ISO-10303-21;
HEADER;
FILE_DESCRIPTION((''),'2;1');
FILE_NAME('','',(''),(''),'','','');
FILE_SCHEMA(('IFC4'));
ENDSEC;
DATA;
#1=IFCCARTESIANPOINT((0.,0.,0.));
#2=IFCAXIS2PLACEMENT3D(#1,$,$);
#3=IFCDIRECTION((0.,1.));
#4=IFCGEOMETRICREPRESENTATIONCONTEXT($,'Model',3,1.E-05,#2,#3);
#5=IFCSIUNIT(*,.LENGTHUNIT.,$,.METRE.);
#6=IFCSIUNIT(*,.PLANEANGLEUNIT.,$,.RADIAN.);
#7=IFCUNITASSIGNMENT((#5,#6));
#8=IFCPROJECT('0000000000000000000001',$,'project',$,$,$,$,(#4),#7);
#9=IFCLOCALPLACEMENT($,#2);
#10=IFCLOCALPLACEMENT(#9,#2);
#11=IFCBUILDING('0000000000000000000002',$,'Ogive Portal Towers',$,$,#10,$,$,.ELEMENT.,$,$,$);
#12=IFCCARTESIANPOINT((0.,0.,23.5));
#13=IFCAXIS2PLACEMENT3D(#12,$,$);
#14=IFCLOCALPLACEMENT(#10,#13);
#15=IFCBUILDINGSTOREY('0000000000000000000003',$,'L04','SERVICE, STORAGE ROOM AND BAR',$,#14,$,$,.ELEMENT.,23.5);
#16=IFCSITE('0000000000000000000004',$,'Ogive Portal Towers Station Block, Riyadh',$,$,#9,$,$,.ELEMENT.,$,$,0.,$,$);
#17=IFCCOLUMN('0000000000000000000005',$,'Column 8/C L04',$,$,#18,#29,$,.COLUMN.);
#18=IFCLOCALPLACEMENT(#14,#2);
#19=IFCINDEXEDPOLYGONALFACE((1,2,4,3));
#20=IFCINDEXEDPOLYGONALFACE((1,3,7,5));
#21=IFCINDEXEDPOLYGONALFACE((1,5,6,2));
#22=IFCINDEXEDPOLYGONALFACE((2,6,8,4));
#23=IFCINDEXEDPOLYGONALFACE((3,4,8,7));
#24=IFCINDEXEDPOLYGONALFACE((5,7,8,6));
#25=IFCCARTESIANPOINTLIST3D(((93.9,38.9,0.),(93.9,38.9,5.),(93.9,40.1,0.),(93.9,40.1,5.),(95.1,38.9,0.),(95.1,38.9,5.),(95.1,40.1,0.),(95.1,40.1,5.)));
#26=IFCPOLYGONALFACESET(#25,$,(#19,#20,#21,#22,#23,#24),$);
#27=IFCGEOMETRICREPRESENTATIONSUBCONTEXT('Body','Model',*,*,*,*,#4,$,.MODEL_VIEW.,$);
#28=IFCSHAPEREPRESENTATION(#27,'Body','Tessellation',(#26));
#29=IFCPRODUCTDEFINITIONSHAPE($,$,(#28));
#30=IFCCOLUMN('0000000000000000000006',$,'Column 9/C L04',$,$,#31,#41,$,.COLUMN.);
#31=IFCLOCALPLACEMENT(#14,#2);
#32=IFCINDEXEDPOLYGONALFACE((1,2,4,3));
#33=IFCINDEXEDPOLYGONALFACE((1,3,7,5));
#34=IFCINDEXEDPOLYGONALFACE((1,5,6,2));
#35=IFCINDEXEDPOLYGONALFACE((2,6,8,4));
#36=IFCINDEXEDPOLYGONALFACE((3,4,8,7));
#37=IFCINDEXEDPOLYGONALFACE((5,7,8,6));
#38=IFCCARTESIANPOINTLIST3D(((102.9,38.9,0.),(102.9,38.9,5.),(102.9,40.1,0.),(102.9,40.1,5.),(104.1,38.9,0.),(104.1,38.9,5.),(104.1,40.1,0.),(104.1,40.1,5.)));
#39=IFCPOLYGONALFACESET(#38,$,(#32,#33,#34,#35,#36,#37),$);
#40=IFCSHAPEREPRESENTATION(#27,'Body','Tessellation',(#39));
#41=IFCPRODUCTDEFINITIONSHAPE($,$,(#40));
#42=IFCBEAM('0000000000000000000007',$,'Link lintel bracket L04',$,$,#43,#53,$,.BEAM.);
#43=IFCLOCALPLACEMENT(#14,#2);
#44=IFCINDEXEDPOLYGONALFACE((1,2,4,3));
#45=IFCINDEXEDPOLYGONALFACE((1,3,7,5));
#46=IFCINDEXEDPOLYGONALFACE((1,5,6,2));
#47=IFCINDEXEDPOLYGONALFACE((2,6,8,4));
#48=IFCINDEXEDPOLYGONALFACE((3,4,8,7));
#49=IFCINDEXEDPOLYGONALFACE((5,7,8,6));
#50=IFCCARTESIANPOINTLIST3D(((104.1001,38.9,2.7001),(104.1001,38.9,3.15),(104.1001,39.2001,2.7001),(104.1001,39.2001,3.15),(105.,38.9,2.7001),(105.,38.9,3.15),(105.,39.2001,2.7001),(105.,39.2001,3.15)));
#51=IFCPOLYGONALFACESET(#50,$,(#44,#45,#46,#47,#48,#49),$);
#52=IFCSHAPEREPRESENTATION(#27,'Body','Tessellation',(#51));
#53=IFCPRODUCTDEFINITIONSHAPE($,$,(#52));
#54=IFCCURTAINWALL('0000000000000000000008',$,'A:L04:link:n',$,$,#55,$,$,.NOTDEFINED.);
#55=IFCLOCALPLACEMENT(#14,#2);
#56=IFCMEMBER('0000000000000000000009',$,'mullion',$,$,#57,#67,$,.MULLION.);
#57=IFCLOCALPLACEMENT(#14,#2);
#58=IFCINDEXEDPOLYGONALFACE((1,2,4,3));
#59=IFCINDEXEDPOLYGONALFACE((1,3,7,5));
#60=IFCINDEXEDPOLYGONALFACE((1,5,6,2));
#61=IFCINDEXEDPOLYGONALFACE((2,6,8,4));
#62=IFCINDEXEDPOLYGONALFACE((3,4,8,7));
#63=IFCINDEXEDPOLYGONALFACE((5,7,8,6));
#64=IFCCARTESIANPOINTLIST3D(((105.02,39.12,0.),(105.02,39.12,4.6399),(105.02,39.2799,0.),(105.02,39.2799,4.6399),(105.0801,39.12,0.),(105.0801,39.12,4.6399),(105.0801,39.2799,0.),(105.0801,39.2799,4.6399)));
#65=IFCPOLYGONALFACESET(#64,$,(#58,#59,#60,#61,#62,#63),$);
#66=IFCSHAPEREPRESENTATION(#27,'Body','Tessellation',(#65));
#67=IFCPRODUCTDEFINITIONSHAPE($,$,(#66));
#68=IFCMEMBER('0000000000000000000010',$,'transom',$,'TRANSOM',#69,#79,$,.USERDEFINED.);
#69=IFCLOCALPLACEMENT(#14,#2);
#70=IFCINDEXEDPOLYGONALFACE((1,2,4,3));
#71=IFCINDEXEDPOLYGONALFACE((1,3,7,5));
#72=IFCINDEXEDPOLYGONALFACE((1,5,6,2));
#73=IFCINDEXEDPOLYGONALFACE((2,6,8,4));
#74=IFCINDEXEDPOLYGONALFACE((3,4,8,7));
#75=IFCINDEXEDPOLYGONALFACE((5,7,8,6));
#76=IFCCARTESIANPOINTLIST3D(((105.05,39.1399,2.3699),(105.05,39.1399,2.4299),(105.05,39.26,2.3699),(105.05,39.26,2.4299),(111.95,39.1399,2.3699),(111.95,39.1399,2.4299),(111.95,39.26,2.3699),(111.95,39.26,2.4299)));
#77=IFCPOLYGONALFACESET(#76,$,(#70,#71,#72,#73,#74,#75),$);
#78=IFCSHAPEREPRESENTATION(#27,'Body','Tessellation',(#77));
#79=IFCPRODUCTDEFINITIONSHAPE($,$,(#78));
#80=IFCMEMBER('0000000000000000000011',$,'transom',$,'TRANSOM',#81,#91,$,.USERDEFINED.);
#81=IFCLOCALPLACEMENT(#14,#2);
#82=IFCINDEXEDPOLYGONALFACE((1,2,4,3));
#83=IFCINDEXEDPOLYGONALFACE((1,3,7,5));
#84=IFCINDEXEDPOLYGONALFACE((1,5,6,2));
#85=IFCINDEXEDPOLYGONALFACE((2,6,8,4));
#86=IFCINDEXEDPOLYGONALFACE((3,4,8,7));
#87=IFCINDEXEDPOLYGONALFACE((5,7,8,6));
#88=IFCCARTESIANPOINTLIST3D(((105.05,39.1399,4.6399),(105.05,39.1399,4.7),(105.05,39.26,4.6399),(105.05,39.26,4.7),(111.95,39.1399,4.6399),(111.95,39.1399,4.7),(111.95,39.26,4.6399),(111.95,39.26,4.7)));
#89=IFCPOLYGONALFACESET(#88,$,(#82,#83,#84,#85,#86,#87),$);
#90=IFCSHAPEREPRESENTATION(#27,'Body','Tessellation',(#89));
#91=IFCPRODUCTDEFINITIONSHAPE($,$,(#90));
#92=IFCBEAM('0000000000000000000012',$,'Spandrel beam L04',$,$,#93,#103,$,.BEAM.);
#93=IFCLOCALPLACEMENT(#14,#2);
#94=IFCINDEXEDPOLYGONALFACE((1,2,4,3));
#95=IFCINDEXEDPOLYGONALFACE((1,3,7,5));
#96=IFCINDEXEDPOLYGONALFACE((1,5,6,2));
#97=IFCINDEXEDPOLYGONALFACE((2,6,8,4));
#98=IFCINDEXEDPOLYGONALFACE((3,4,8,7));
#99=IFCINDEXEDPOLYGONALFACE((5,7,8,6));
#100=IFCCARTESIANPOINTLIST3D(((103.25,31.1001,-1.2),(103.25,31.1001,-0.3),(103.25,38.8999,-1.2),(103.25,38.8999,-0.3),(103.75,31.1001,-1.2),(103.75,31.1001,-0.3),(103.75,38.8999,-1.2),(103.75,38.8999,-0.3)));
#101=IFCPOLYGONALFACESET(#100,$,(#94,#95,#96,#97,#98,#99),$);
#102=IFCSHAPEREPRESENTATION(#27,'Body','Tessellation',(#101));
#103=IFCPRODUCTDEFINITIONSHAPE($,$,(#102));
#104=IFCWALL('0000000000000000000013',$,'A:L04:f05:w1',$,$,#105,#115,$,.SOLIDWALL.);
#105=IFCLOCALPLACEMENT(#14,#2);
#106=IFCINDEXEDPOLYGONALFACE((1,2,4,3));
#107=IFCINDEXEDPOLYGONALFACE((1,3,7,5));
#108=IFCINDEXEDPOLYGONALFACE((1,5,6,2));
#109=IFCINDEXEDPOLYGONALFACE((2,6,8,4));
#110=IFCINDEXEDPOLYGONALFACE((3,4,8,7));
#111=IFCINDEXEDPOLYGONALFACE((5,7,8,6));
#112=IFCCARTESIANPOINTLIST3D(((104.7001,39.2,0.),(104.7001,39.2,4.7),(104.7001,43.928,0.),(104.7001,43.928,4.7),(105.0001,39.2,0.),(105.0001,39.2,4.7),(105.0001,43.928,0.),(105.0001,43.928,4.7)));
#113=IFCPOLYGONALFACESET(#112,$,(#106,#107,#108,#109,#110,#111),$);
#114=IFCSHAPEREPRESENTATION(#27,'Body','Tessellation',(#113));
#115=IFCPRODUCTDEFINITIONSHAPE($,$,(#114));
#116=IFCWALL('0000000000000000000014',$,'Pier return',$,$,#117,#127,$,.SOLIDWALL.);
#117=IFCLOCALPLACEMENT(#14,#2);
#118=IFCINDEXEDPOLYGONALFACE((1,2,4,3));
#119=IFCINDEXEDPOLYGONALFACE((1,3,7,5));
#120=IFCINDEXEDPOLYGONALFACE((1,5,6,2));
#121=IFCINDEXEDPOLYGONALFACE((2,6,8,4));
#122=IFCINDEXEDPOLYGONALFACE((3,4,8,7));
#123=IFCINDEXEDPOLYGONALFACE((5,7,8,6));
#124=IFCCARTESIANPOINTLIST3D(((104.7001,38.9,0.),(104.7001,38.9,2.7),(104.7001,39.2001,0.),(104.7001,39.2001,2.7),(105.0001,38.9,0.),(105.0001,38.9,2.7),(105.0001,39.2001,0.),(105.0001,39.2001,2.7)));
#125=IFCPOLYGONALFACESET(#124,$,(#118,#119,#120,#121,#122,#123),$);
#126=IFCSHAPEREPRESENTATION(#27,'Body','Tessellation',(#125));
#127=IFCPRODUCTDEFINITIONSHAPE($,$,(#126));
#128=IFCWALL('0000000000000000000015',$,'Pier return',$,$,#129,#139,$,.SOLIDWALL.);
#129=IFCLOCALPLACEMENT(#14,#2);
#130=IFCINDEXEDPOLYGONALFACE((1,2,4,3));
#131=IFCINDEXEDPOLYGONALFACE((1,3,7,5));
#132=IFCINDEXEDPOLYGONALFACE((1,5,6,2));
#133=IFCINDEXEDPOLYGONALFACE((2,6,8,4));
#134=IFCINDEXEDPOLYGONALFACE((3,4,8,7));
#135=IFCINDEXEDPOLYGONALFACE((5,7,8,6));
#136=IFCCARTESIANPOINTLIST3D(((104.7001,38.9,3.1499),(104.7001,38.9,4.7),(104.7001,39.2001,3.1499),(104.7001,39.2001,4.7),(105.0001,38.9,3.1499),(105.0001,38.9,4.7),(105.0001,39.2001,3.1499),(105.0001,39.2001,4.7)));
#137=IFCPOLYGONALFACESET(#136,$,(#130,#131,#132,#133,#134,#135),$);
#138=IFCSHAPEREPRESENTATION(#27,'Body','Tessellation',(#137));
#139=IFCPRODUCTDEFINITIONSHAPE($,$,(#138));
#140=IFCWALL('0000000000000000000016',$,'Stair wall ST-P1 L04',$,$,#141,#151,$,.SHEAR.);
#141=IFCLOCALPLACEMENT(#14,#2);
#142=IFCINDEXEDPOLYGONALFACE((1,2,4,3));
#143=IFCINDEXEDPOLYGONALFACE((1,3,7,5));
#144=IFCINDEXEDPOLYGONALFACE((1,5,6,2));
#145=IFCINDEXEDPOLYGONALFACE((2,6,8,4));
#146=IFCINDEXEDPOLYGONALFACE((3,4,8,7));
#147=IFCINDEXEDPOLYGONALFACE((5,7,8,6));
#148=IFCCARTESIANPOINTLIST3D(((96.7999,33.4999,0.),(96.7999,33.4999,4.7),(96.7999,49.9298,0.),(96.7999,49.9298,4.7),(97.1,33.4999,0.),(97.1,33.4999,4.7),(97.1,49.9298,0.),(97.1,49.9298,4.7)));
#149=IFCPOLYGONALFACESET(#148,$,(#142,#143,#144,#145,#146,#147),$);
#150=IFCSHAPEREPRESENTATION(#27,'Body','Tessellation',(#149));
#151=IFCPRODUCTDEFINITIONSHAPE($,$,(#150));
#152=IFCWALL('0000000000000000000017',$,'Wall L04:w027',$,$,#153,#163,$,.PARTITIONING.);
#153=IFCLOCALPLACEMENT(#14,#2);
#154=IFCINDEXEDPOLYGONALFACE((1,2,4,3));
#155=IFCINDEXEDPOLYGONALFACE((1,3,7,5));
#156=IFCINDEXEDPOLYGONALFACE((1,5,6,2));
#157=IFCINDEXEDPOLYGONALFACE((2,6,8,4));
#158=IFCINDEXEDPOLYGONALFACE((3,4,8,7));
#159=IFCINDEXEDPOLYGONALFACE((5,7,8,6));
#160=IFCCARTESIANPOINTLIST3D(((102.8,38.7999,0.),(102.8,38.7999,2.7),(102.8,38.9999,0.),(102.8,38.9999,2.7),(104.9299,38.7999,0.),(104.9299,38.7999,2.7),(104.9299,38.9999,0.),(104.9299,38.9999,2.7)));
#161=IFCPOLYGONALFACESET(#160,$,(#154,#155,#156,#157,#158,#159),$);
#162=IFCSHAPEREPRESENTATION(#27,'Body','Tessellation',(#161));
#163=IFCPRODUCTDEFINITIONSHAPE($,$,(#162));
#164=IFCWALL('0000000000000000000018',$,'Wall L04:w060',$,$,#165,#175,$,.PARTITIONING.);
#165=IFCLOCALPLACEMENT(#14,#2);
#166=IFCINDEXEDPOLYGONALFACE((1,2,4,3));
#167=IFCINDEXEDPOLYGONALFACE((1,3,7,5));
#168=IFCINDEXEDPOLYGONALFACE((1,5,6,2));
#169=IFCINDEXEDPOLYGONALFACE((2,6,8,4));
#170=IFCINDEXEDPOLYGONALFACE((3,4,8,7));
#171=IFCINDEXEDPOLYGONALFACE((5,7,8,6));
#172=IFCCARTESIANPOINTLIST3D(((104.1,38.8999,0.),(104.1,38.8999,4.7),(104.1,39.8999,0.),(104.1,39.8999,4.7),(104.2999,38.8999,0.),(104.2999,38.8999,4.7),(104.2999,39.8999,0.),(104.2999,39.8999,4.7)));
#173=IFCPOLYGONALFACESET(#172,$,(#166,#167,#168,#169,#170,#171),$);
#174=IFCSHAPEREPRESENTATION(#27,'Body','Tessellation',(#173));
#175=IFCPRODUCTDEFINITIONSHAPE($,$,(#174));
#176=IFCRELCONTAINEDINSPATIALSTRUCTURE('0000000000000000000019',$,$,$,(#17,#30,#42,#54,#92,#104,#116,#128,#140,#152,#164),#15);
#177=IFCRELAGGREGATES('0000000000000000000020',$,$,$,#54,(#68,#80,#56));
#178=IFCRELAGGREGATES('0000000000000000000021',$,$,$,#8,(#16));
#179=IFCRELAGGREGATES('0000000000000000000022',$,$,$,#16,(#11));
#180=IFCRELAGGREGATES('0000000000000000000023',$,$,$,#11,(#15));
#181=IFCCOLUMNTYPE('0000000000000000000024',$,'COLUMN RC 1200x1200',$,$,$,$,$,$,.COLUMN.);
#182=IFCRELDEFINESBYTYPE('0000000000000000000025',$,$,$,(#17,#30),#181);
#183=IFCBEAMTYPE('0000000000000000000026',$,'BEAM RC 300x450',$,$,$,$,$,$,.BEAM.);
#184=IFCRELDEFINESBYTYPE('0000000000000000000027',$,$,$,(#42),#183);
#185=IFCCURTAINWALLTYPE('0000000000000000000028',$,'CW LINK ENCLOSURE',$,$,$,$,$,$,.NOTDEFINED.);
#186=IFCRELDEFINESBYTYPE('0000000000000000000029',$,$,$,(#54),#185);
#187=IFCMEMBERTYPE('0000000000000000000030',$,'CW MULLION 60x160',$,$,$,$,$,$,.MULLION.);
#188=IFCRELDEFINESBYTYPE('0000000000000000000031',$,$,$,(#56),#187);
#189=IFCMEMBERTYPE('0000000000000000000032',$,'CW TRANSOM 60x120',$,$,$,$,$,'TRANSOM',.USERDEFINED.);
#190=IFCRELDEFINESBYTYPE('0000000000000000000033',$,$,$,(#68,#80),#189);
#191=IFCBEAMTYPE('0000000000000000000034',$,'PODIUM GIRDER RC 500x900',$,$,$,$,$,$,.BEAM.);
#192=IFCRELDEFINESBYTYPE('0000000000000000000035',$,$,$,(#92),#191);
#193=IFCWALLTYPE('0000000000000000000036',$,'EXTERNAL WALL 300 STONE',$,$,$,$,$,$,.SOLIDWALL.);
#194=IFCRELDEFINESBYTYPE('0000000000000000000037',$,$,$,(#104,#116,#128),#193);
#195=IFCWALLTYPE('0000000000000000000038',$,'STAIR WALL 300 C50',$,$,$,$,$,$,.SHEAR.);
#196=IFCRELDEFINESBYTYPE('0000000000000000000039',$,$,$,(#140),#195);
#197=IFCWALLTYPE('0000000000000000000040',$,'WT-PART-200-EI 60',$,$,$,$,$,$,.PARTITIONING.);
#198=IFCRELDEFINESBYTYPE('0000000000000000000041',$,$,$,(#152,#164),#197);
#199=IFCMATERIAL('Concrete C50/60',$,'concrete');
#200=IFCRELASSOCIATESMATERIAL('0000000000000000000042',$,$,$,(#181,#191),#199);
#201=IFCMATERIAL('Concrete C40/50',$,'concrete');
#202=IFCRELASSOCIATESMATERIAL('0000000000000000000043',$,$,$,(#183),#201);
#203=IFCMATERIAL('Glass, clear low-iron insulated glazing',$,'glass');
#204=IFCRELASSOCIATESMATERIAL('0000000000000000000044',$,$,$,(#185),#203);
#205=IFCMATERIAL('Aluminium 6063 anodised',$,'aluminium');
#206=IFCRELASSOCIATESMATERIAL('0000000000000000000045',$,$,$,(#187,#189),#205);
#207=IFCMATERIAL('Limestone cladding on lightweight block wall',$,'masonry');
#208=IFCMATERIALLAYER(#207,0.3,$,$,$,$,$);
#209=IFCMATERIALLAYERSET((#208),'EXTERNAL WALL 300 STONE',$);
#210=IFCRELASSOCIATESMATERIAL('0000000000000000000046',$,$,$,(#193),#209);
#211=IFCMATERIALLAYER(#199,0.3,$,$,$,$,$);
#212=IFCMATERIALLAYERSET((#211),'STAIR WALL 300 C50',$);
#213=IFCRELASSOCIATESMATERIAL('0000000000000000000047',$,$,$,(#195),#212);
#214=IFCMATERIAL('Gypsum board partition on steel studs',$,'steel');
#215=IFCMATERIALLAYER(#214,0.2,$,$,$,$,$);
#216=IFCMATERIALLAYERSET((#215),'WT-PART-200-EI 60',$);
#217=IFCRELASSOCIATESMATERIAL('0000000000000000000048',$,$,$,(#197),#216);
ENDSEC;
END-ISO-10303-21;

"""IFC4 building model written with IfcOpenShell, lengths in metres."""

from ifc_helpers import new_model, si_unit, direction, frame, frame_2d, origin, origin_2d, place, context, subcontext, project, spatial, rectangle, extrude, material, layer, layer_set, material_profile, profile_set, type_object, element, aggregate, save


model = new_model("IFC4")

# Units and contexts
model_context = context("Model", 3, precision=1e-05, world=origin(), true_north=direction((0.0, 1.0)))
body_context = subcontext(model_context, "Body", "Model", "MODEL_VIEW")
ifc_project = project(units=[si_unit("LENGTHUNIT", "METRE"), si_unit("PLANEANGLEUNIT", "RADIAN")], contexts=[model_context])

# Site, building, storey
site_placement = place(None, origin())
site = spatial("IfcSite", under=ifc_project, at=site_placement, Name="Ogive Portal Towers Station Block, Riyadh", CompositionType="ELEMENT", RefElevation=0.0)
building_placement = place(site_placement, origin())
building = spatial("IfcBuilding", under=site, at=building_placement, Name="Ogive Portal Towers", CompositionType="ELEMENT")
storey_placement = place(building_placement, frame((0.0, 0.0, 23.5)))
storey = spatial("IfcBuildingStorey", under=building, at=storey_placement, Name="L04", Description="SERVICE, STORAGE ROOM AND BAR", CompositionType="ELEMENT", Elevation=23.5)

# Columns
ifc_material_1 = material(Name="Concrete C50/60", Category="concrete")
ifc_material_profile_1 = material_profile(ifc_material_1, rectangle(XDim=1.2, YDim=1.2, at=origin_2d()), Name="RC 1200x1200")
ifc_profile_set_1 = profile_set([ifc_material_profile_1], Name="Concrete C50/60")
column_type = type_object("IfcColumnType", Name="COLUMN RC 1200x1200", PredefinedType="COLUMN", material=ifc_profile_set_1)
for number, where, z_axis, x_axis, name in (
    (1, (94.5, 39.5, 0.0), (0.0, 0.0, 1.0), (1.0, 0.0, 0.0), "Column 8/C L04"),
    (2, (103.5, 39.5, 0.0), (0.0, 0.0, 1.0), (1.0, 0.0, 0.0), "Column 9/C L04"),
):
    element("IfcColumn", number, at=place(storey_placement, frame(where, z_axis=z_axis, x_axis=x_axis)), inside=storey, type_object=column_type, Name=name, PredefinedType="COLUMN", context=body_context, shape_type="SweptSolid", body=[
        extrude(rectangle(XDim=1.2, YDim=1.2, at=origin_2d()), origin(), (0.0, 0.0, 1.0), 5.0),
    ])

# Beam
ifc_material_2 = material(Name="Concrete C40/50", Category="concrete")
ifc_material_profile_2 = material_profile(ifc_material_2, rectangle(XDim=0.3, YDim=0.45, at=origin_2d()), Name="RC 300x450")
ifc_profile_set_2 = profile_set([ifc_material_profile_2], Name="Concrete C40/50")
beam_type_1 = type_object("IfcBeamType", Name="BEAM RC 300x450", PredefinedType="BEAM", material=ifc_profile_set_2)
beam_1_placement = place(storey_placement, frame((104.1001, 39.05, 2.925), z_axis=(1.0, 0.0, 0.0), x_axis=(0.0, 1.0, 0.0)))
element("IfcBeam", 3, at=beam_1_placement, inside=storey, type_object=beam_type_1, Name="Link lintel bracket L04", PredefinedType="BEAM", context=body_context, shape_type="SweptSolid", body=[
    extrude(rectangle(XDim=0.3, YDim=0.45, at=origin_2d()), origin(), (0.0, 0.0, 1.0), 0.8999),
])

# Curtain wall, members
ifc_material_3 = material(Name="Glass, clear low-iron insulated glazing", Category="glass")
curtain_wall_type = type_object("IfcCurtainWallType", Name="CW LINK ENCLOSURE", PredefinedType="NOTDEFINED", material=ifc_material_3)
curtain_wall_placement = place(storey_placement, origin())
curtain_wall = element("IfcCurtainWall", 4, at=curtain_wall_placement, inside=storey, type_object=curtain_wall_type, Name="A:L04:link:n", PredefinedType="NOTDEFINED")
ifc_material_4 = material(Name="Aluminium 6063 anodised", Category="aluminium")
ifc_material_profile_3 = material_profile(ifc_material_4, rectangle(XDim=0.1599, YDim=0.0601, at=origin_2d()), Name="AL 60x160")
ifc_profile_set_3 = profile_set([ifc_material_profile_3], Name="Aluminium 6063 anodised")
member_type_1 = type_object("IfcMemberType", Name="CW MULLION 60x160", PredefinedType="MULLION", material=ifc_profile_set_3)
member_1_placement = place(storey_placement, frame((105.05, 39.2, 0.0), z_axis=(0.0, 0.0, 1.0), x_axis=(0.0, 1.0, 0.0)))
member_1 = element("IfcMember", 5, at=member_1_placement, type_object=member_type_1, Name="mullion", PredefinedType="MULLION", context=body_context, shape_type="SweptSolid", body=[
    extrude(rectangle(XDim=0.1599, YDim=0.0601, at=origin_2d()), origin(), (0.0, 0.0, 1.0), 4.6399),
])
ifc_material_profile_4 = material_profile(ifc_material_4, rectangle(XDim=0.1201, YDim=0.0601, at=origin_2d()), Name="AL 120x60")
ifc_profile_set_4 = profile_set([ifc_material_profile_4], Name="Aluminium 6063 anodised")
member_type_2 = type_object("IfcMemberType", Name="CW TRANSOM 60x120", ElementType="TRANSOM", PredefinedType="USERDEFINED", material=ifc_profile_set_4)
member_2_placement = place(storey_placement, frame((105.05, 39.2, 2.3999), z_axis=(1.0, 0.0, 0.0), x_axis=(0.0, 1.0, 0.0)))
member_2 = element("IfcMember", 6, at=member_2_placement, type_object=member_type_2, Name="transom", ObjectType="TRANSOM", PredefinedType="USERDEFINED", context=body_context, shape_type="SweptSolid", body=[
    extrude(rectangle(XDim=0.1201, YDim=0.0601, at=origin_2d()), origin(), (0.0, 0.0, 1.0), 6.8999),
])
member_3_placement = place(storey_placement, frame((105.05, 39.2, 4.6699), z_axis=(1.0, 0.0, 0.0), x_axis=(0.0, 1.0, 0.0)))
member_3 = element("IfcMember", 7, at=member_3_placement, type_object=member_type_2, Name="transom", ObjectType="TRANSOM", PredefinedType="USERDEFINED", context=body_context, shape_type="SweptSolid", body=[
    extrude(rectangle(XDim=0.1201, YDim=0.0601, at=origin_2d()), origin(), (0.0, 0.0, 1.0), 6.8999),
])
aggregate(curtain_wall, [member_2, member_3, member_1])

# Beam
ifc_material_profile_5 = material_profile(ifc_material_1, rectangle(XDim=0.5, YDim=0.8999, at=origin_2d()), Name="RC 500x900")
ifc_profile_set_5 = profile_set([ifc_material_profile_5], Name="Concrete C50/60")
beam_type_2 = type_object("IfcBeamType", Name="PODIUM GIRDER RC 500x900", PredefinedType="BEAM", material=ifc_profile_set_5)
beam_2_placement = place(storey_placement, frame((103.5, 31.1001, -0.75), z_axis=(0.0, 1.0, 0.0), x_axis=(-1.0, 0.0, 0.0)))
element("IfcBeam", 8, at=beam_2_placement, inside=storey, type_object=beam_type_2, Name="Spandrel beam L04", PredefinedType="BEAM", context=body_context, shape_type="SweptSolid", body=[
    extrude(rectangle(XDim=0.5, YDim=0.8999, at=origin_2d()), origin(), (0.0, 0.0, 1.0), 7.7998),
])

# Walls
ifc_material_5 = material(Name="Limestone cladding on lightweight block wall", Category="masonry")
ifc_layer_1 = layer(ifc_material_5, 0.3)
ifc_layer_set_1 = layer_set([ifc_layer_1], Name="EXTERNAL WALL 300 STONE")
wall_type_1 = type_object("IfcWallType", Name="EXTERNAL WALL 300 STONE", PredefinedType="SOLIDWALL", material=ifc_layer_set_1)
wall_1_placement = place(storey_placement, frame((104.8501, 39.2, 0.0), z_axis=(0.0, 0.0, 1.0), x_axis=(0.0, 1.0, 0.0)))
element("IfcWall", 9, at=wall_1_placement, inside=storey, type_object=wall_type_1, Name="A:L04:f05:w1", PredefinedType="SOLIDWALL", context=body_context, shape_type="SweptSolid", body=[
    extrude(rectangle(XDim=4.728, YDim=0.3, at=frame_2d((2.364, 0.0))), origin(), (0.0, 0.0, 1.0), 4.7),
])
wall_2_placement = place(storey_placement, frame((104.8501, 39.2, 0.0), z_axis=(0.0, 0.0, 1.0), x_axis=(0.0, -1.0, 0.0)))
element("IfcWall", 10, at=wall_2_placement, inside=storey, type_object=wall_type_1, Name="Pier return", PredefinedType="SOLIDWALL", context=body_context, shape_type="SweptSolid", body=[
    extrude(rectangle(XDim=0.3, YDim=0.3, at=frame_2d((0.1499, 0.0))), origin(), (0.0, 0.0, 1.0), 2.7),
])
wall_3_placement = place(storey_placement, frame((104.8501, 39.2, 3.1499), z_axis=(0.0, 0.0, 1.0), x_axis=(0.0, -1.0, 0.0)))
element("IfcWall", 11, at=wall_3_placement, inside=storey, type_object=wall_type_1, Name="Pier return", PredefinedType="SOLIDWALL", context=body_context, shape_type="SweptSolid", body=[
    extrude(rectangle(XDim=0.3, YDim=0.3, at=frame_2d((0.1499, 0.0))), origin(), (0.0, 0.0, 1.0), 1.55),
])
ifc_layer_2 = layer(ifc_material_1, 0.3)
ifc_layer_set_2 = layer_set([ifc_layer_2], Name="STAIR WALL 300 C50")
wall_type_2 = type_object("IfcWallType", Name="STAIR WALL 300 C50", PredefinedType="SHEAR", material=ifc_layer_set_2)
wall_4_placement = place(storey_placement, frame((96.95, 33.5, 0.0), z_axis=(0.0, 0.0, 1.0), x_axis=(0.0, 1.0, 0.0)))
element("IfcWall", 12, at=wall_4_placement, inside=storey, type_object=wall_type_2, Name="Stair wall ST-P1 L04", PredefinedType="SHEAR", context=body_context, shape_type="SweptSolid", body=[
    extrude(rectangle(XDim=16.4299, YDim=0.3, at=frame_2d((8.2148, 0.0))), origin(), (0.0, 0.0, 1.0), 4.7),
])
ifc_material_6 = material(Name="Gypsum board partition on steel studs", Category="steel")
ifc_layer_3 = layer(ifc_material_6, 0.2)
ifc_layer_set_3 = layer_set([ifc_layer_3], Name="WT-PART-200-EI 60")
wall_type_3 = type_object("IfcWallType", Name="WT-PART-200-EI 60", PredefinedType="PARTITIONING", material=ifc_layer_set_3)
wall_5_placement = place(storey_placement, frame((102.8, 38.8999, 0.0), z_axis=(0.0, 0.0, 1.0), x_axis=(1.0, 0.0, 0.0)))
element("IfcWall", 13, at=wall_5_placement, inside=storey, type_object=wall_type_3, Name="Wall L04:w027", PredefinedType="PARTITIONING", context=body_context, shape_type="SweptSolid", body=[
    extrude(rectangle(XDim=2.1299, YDim=0.2, at=frame_2d((1.0649, 0.0))), origin(), (0.0, 0.0, 1.0), 2.7),
])
wall_6_placement = place(storey_placement, frame((104.2, 38.8999, 0.0), z_axis=(0.0, 0.0, 1.0), x_axis=(0.0, 1.0, 0.0)))
element("IfcWall", 14, at=wall_6_placement, inside=storey, type_object=wall_type_3, Name="Wall L04:w060", PredefinedType="PARTITIONING", context=body_context, shape_type="SweptSolid", body=[
    extrude(rectangle(XDim=1.0, YDim=0.2, at=frame_2d((0.5, 0.0))), origin(), (0.0, 0.0, 1.0), 4.7),
])

save(model, "model.ifc")
